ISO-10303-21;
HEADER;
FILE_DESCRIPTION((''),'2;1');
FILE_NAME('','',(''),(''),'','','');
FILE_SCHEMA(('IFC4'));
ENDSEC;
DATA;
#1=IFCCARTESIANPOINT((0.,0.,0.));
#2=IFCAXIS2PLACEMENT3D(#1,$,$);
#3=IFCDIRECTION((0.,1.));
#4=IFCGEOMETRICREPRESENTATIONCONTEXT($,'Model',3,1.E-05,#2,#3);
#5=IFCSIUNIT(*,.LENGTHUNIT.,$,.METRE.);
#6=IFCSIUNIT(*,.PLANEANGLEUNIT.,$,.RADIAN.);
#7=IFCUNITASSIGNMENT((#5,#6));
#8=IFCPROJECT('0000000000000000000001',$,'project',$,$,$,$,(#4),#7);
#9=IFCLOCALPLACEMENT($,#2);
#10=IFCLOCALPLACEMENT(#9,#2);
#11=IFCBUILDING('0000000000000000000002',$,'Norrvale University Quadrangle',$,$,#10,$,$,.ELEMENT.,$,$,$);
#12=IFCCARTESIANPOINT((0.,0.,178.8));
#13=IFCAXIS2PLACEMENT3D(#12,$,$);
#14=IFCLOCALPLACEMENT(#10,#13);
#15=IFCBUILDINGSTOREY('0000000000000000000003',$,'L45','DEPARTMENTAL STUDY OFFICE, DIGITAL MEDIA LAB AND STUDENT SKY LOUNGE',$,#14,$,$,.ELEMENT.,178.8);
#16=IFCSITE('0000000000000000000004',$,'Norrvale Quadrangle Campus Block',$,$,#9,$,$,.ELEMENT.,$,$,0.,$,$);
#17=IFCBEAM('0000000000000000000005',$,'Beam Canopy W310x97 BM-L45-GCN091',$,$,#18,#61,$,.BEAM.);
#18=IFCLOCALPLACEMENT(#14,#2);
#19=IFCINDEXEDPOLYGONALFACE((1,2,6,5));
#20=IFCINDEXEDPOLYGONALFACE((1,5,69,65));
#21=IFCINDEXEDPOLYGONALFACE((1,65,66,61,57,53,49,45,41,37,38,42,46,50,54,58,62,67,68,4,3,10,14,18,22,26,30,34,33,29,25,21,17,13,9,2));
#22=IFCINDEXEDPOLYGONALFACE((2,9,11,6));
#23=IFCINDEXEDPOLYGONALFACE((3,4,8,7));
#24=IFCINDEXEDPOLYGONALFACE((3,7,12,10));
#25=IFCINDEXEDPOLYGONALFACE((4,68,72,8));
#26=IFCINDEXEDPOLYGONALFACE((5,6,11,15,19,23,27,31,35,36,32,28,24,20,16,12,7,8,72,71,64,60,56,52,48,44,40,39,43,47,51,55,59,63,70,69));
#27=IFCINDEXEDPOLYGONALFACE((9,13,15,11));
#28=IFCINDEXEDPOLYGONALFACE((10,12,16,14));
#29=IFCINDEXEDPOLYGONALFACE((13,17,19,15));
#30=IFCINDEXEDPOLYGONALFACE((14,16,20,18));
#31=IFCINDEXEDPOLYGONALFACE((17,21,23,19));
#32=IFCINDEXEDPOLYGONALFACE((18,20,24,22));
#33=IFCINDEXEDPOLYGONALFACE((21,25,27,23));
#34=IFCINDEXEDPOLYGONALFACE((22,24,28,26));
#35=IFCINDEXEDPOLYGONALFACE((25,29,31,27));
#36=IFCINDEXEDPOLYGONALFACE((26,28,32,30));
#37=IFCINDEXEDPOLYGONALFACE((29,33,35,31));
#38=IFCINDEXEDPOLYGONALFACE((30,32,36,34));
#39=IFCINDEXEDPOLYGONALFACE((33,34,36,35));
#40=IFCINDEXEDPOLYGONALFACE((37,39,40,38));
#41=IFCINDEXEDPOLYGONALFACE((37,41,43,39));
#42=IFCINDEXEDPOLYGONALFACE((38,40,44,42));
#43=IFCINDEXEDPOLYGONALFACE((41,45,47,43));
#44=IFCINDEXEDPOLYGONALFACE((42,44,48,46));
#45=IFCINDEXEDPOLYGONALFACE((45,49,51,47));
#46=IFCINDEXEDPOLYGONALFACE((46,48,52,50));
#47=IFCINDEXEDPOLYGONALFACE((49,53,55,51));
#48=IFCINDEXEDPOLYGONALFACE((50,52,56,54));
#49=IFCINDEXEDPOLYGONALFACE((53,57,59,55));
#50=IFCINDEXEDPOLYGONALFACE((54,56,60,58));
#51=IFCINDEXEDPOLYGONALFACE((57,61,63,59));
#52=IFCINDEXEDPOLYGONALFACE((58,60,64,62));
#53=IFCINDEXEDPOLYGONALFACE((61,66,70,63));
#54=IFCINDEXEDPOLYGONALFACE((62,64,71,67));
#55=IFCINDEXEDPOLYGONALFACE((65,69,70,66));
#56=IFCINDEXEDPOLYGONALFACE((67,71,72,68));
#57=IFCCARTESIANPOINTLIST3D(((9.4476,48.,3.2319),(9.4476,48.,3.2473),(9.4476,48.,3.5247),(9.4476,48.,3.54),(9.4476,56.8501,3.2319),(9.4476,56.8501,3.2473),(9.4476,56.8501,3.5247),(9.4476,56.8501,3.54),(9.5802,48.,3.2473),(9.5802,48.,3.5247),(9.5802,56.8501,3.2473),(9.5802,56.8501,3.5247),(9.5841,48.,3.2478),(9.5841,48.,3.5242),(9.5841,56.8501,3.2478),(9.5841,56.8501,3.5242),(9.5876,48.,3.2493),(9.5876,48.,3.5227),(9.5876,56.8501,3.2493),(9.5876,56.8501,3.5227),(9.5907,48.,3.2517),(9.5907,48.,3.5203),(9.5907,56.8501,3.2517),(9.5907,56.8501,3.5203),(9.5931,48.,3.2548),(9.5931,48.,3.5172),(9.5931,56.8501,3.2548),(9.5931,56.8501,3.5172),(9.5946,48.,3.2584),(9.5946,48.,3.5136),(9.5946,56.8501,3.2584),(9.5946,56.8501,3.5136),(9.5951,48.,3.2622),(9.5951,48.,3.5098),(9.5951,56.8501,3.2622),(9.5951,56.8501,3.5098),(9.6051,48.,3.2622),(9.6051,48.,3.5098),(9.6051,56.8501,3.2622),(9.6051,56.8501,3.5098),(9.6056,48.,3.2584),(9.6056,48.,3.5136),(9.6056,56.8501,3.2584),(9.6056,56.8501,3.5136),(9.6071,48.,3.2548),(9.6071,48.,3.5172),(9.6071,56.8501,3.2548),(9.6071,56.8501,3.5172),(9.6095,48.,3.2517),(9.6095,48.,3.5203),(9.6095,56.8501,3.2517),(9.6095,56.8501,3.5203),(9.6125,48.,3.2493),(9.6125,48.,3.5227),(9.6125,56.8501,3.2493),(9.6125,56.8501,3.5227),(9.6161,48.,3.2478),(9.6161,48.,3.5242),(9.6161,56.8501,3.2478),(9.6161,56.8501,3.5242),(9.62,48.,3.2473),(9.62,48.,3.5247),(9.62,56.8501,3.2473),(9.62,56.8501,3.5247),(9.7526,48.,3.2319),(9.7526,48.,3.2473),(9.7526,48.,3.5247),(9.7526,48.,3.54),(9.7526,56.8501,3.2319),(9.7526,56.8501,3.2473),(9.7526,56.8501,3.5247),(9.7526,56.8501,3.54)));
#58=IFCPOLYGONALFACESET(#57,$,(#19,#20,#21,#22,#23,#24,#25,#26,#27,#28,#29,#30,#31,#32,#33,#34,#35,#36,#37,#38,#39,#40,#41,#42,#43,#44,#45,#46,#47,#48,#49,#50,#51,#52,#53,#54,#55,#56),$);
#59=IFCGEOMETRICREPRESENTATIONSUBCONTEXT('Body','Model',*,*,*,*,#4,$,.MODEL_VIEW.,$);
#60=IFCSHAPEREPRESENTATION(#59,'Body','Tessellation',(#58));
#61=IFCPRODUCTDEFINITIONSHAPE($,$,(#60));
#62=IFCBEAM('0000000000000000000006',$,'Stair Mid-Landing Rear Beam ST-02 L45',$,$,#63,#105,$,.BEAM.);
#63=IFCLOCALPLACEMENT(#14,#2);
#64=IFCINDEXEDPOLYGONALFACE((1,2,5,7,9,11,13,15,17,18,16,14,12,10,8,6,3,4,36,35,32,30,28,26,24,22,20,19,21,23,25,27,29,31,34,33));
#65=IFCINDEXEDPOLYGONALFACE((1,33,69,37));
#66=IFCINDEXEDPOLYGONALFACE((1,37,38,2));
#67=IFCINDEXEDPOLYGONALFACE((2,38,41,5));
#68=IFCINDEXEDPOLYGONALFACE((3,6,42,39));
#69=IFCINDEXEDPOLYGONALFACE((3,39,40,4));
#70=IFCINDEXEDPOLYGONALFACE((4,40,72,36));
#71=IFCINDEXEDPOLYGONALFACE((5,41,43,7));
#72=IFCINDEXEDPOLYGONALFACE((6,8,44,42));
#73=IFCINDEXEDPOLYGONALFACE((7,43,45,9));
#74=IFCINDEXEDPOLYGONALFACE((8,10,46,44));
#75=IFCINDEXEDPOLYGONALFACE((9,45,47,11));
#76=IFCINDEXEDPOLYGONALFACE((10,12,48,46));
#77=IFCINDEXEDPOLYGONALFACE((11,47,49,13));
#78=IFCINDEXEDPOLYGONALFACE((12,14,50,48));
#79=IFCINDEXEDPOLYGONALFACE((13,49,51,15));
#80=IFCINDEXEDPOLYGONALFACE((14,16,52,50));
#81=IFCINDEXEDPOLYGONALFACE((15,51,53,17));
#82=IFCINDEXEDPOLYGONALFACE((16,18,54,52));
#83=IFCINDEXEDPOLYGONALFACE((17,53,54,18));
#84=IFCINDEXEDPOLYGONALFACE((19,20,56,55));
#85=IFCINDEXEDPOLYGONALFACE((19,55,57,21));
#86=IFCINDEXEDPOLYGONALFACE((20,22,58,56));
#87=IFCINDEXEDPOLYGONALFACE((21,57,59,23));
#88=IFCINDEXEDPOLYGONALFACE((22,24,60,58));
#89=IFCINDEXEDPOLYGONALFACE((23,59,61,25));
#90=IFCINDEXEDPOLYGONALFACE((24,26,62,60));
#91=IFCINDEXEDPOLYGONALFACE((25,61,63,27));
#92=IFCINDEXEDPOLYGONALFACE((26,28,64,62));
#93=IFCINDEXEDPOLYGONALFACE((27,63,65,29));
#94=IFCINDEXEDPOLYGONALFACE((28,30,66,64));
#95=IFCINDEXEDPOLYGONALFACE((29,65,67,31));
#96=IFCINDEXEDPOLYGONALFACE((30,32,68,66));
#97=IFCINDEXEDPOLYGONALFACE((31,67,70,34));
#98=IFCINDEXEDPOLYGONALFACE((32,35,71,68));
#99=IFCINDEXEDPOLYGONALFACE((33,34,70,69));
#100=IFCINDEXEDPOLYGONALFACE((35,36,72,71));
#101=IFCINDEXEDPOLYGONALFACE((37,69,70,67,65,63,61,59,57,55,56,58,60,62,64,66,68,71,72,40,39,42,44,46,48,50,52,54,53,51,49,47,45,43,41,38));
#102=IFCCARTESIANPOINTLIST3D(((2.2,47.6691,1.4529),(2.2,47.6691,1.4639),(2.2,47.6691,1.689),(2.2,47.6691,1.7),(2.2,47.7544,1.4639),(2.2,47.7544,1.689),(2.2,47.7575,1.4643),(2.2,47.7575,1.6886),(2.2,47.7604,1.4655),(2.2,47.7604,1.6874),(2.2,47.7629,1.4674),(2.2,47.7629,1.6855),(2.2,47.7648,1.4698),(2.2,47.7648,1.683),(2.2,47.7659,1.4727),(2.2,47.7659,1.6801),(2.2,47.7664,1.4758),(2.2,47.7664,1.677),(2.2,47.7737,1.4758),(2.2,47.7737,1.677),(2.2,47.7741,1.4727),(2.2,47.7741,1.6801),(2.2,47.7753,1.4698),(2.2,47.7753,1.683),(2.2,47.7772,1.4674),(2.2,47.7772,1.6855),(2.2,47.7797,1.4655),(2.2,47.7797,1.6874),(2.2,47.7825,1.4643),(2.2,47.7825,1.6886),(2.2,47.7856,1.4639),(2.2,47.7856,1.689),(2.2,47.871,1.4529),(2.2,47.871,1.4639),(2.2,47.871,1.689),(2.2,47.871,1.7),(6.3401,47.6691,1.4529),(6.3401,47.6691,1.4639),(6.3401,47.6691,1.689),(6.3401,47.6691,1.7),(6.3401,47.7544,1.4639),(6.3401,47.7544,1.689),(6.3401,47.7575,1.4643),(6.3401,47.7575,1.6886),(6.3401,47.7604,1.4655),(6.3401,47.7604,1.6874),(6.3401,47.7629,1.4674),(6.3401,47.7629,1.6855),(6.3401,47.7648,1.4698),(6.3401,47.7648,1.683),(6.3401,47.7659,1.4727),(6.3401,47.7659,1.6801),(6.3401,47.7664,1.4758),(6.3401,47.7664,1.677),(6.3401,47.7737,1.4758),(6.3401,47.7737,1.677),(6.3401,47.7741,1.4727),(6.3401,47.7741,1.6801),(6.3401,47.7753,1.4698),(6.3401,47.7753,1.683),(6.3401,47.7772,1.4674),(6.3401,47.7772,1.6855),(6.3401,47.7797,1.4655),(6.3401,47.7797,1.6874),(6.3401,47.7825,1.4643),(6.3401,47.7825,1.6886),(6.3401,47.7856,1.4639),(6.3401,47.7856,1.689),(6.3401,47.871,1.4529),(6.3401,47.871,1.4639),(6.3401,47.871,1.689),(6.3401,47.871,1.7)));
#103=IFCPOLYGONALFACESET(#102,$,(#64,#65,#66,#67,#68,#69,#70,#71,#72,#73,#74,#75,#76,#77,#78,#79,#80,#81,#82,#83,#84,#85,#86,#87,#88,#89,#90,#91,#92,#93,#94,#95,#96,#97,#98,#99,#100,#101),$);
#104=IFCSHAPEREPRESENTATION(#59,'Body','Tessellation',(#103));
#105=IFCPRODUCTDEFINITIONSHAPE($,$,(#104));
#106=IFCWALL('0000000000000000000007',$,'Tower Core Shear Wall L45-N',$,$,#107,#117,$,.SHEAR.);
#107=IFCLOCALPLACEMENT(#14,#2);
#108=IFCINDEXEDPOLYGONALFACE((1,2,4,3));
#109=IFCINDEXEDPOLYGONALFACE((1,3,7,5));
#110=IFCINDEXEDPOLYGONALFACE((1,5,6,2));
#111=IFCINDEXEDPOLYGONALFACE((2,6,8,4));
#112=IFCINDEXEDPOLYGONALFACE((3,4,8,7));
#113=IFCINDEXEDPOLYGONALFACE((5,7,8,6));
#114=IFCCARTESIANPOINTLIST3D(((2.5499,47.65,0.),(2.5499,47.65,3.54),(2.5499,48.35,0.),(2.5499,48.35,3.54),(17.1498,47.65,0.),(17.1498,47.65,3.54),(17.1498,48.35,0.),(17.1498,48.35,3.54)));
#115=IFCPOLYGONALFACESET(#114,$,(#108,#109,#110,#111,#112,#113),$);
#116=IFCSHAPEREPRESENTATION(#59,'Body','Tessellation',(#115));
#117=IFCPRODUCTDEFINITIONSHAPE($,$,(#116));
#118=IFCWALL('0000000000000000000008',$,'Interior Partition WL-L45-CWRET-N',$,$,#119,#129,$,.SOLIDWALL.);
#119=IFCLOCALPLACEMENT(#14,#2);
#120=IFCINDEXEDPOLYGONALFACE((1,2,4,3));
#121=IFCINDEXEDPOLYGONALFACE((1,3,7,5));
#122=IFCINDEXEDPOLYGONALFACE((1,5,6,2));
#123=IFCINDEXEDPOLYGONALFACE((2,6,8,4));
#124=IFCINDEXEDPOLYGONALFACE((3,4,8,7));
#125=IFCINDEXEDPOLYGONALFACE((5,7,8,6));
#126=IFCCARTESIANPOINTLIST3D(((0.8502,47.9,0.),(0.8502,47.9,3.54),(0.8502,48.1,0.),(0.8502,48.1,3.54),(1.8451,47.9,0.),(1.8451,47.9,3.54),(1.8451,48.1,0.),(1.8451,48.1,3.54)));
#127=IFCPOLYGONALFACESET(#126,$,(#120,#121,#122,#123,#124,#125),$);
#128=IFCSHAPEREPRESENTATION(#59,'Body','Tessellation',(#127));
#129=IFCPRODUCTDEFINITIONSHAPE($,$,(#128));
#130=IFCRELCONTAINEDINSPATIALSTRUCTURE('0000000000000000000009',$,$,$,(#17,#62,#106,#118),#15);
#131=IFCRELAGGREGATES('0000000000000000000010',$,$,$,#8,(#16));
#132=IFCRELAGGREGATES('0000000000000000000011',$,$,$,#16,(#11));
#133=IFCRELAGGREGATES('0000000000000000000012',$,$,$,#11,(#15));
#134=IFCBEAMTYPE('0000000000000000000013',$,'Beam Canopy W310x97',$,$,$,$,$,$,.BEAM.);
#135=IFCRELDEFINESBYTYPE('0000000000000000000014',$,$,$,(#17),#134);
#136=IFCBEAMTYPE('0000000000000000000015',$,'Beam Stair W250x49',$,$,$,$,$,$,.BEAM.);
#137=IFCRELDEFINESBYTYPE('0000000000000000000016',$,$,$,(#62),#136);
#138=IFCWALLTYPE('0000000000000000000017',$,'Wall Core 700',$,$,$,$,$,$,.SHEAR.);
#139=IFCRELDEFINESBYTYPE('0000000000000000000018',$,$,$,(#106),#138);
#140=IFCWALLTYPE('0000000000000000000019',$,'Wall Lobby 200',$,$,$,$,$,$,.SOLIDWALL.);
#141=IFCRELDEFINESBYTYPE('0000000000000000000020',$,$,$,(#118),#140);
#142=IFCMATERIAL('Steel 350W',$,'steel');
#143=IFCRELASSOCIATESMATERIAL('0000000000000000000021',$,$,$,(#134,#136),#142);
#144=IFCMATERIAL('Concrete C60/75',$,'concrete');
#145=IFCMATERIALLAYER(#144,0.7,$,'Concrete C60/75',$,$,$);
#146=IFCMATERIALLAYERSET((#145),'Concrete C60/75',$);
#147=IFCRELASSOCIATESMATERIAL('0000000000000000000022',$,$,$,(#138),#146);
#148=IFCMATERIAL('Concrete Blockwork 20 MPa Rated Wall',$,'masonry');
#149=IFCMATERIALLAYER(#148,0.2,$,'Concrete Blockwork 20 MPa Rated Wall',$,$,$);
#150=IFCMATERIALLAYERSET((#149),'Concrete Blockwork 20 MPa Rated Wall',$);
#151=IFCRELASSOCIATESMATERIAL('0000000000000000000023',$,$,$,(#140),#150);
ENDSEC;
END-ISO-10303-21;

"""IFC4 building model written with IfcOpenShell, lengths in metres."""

from ifc_helpers import new_model, si_unit, direction, frame, frame_2d, origin, origin_2d, place, context, subcontext, project, spatial, rectangle, i_section, extrude, material, layer, layer_set, material_profile, profile_set, type_object, element, save


model = new_model("IFC4")

# Units and contexts
model_context = context("Model", 3, precision=1e-05, world=origin(), true_north=direction((0.0, 1.0)))
body_context = subcontext(model_context, "Body", "Model", "MODEL_VIEW")
ifc_project = project(units=[si_unit("LENGTHUNIT", "METRE"), si_unit("PLANEANGLEUNIT", "RADIAN")], contexts=[model_context])

# Site, building, storey
site_placement = place(None, origin())
site = spatial("IfcSite", under=ifc_project, at=site_placement, Name="Norrvale Quadrangle Campus Block", CompositionType="ELEMENT", RefElevation=0.0)
building_placement = place(site_placement, origin())
building = spatial("IfcBuilding", under=site, at=building_placement, Name="Norrvale University Quadrangle", CompositionType="ELEMENT")
storey_placement = place(building_placement, frame((0.0, 0.0, 178.8)))
storey = spatial("IfcBuildingStorey", under=building, at=storey_placement, Name="L45", Description="DEPARTMENTAL STUDY OFFICE, DIGITAL MEDIA LAB AND STUDENT SKY LOUNGE", CompositionType="ELEMENT", Elevation=178.8)

# Shared definitions
ifc_material_1 = material(Name="Concrete C60/75", Category="concrete")

# Beams
ifc_material_2 = material(Name="Steel 350W", Category="steel")
ifc_material_profile_1 = material_profile(ifc_material_2, i_section(OverallWidth=0.3049, OverallDepth=0.3081, WebThickness=0.01, FlangeThickness=0.0154, FilletRadius=0.0149, at=origin_2d()), Name="Steel 350W")
ifc_profile_set_1 = profile_set([ifc_material_profile_1], Name="Steel 350W")
beam_type_1 = type_object("IfcBeamType", Name="Beam Canopy W310x97", PredefinedType="BEAM", material=ifc_profile_set_1)
beam_1_placement = place(storey_placement, frame((9.6001, 48.0, 3.386), z_axis=(0.0, 1.0, 0.0), x_axis=(-1.0, 0.0, 0.0)))
element("IfcBeam", 1, at=beam_1_placement, inside=storey, type_object=beam_type_1, Name="Beam Canopy W310x97 BM-L45-GCN091", PredefinedType="BEAM", context=body_context, shape_type="SweptSolid", body=[
    extrude(i_section(OverallWidth=0.3049, OverallDepth=0.3081, WebThickness=0.01, FlangeThickness=0.0154, FilletRadius=0.0149, at=origin_2d()), origin(), (0.0, 0.0, 1.0), 8.8501),
])
ifc_material_profile_2 = material_profile(ifc_material_2, i_section(OverallWidth=0.2019, OverallDepth=0.2471, WebThickness=0.0073, FlangeThickness=0.011, FilletRadius=0.012, at=origin_2d()), Name="Steel 350W")
ifc_profile_set_2 = profile_set([ifc_material_profile_2], Name="Steel 350W")
beam_type_2 = type_object("IfcBeamType", Name="Beam Stair W250x49", PredefinedType="BEAM", material=ifc_profile_set_2)
beam_2_placement = place(storey_placement, frame((2.2, 47.77, 1.5764), z_axis=(1.0, 0.0, 0.0), x_axis=(0.0, 1.0, 0.0)))
element("IfcBeam", 2, at=beam_2_placement, inside=storey, type_object=beam_type_2, Name="Stair Mid-Landing Rear Beam ST-02 L45", PredefinedType="BEAM", context=body_context, shape_type="SweptSolid", body=[
    extrude(i_section(OverallWidth=0.2019, OverallDepth=0.2471, WebThickness=0.0073, FlangeThickness=0.011, FilletRadius=0.012, at=origin_2d()), origin(), (0.0, 0.0, 1.0), 4.1401),
])

# Walls
ifc_layer_1 = layer(ifc_material_1, 0.7, Name="Concrete C60/75")
ifc_layer_set_1 = layer_set([ifc_layer_1], Name="Concrete C60/75")
wall_type_1 = type_object("IfcWallType", Name="Wall Core 700", PredefinedType="SHEAR", material=ifc_layer_set_1)
wall_1_placement = place(storey_placement, frame((2.55, 48.0, 0.0), z_axis=(0.0, 0.0, 1.0), x_axis=(1.0, 0.0, 0.0)))
element("IfcWall", 3, at=wall_1_placement, inside=storey, type_object=wall_type_1, Name="Tower Core Shear Wall L45-N", PredefinedType="SHEAR", context=body_context, shape_type="SweptSolid", body=[
    extrude(rectangle(XDim=14.5999, YDim=0.7, at=frame_2d((7.2998, 0.0))), origin(), (0.0, 0.0, 1.0), 3.54),
])
ifc_material_3 = material(Name="Concrete Blockwork 20 MPa Rated Wall", Category="masonry")
ifc_layer_2 = layer(ifc_material_3, 0.2, Name="Concrete Blockwork 20 MPa Rated Wall")
ifc_layer_set_2 = layer_set([ifc_layer_2], Name="Concrete Blockwork 20 MPa Rated Wall")
wall_type_2 = type_object("IfcWallType", Name="Wall Lobby 200", PredefinedType="SOLIDWALL", material=ifc_layer_set_2)
wall_2_placement = place(storey_placement, frame((0.8501, 48.0, 0.0), z_axis=(0.0, 0.0, 1.0), x_axis=(1.0, 0.0, 0.0)))
element("IfcWall", 4, at=wall_2_placement, inside=storey, type_object=wall_type_2, Name="Interior Partition WL-L45-CWRET-N", PredefinedType="SOLIDWALL", context=body_context, shape_type="SweptSolid", body=[
    extrude(rectangle(XDim=0.9949, YDim=0.2, at=frame_2d((0.4976, 0.0))), origin(), (0.0, 0.0, 1.0), 3.54),
])

save(model, "model.ifc")
